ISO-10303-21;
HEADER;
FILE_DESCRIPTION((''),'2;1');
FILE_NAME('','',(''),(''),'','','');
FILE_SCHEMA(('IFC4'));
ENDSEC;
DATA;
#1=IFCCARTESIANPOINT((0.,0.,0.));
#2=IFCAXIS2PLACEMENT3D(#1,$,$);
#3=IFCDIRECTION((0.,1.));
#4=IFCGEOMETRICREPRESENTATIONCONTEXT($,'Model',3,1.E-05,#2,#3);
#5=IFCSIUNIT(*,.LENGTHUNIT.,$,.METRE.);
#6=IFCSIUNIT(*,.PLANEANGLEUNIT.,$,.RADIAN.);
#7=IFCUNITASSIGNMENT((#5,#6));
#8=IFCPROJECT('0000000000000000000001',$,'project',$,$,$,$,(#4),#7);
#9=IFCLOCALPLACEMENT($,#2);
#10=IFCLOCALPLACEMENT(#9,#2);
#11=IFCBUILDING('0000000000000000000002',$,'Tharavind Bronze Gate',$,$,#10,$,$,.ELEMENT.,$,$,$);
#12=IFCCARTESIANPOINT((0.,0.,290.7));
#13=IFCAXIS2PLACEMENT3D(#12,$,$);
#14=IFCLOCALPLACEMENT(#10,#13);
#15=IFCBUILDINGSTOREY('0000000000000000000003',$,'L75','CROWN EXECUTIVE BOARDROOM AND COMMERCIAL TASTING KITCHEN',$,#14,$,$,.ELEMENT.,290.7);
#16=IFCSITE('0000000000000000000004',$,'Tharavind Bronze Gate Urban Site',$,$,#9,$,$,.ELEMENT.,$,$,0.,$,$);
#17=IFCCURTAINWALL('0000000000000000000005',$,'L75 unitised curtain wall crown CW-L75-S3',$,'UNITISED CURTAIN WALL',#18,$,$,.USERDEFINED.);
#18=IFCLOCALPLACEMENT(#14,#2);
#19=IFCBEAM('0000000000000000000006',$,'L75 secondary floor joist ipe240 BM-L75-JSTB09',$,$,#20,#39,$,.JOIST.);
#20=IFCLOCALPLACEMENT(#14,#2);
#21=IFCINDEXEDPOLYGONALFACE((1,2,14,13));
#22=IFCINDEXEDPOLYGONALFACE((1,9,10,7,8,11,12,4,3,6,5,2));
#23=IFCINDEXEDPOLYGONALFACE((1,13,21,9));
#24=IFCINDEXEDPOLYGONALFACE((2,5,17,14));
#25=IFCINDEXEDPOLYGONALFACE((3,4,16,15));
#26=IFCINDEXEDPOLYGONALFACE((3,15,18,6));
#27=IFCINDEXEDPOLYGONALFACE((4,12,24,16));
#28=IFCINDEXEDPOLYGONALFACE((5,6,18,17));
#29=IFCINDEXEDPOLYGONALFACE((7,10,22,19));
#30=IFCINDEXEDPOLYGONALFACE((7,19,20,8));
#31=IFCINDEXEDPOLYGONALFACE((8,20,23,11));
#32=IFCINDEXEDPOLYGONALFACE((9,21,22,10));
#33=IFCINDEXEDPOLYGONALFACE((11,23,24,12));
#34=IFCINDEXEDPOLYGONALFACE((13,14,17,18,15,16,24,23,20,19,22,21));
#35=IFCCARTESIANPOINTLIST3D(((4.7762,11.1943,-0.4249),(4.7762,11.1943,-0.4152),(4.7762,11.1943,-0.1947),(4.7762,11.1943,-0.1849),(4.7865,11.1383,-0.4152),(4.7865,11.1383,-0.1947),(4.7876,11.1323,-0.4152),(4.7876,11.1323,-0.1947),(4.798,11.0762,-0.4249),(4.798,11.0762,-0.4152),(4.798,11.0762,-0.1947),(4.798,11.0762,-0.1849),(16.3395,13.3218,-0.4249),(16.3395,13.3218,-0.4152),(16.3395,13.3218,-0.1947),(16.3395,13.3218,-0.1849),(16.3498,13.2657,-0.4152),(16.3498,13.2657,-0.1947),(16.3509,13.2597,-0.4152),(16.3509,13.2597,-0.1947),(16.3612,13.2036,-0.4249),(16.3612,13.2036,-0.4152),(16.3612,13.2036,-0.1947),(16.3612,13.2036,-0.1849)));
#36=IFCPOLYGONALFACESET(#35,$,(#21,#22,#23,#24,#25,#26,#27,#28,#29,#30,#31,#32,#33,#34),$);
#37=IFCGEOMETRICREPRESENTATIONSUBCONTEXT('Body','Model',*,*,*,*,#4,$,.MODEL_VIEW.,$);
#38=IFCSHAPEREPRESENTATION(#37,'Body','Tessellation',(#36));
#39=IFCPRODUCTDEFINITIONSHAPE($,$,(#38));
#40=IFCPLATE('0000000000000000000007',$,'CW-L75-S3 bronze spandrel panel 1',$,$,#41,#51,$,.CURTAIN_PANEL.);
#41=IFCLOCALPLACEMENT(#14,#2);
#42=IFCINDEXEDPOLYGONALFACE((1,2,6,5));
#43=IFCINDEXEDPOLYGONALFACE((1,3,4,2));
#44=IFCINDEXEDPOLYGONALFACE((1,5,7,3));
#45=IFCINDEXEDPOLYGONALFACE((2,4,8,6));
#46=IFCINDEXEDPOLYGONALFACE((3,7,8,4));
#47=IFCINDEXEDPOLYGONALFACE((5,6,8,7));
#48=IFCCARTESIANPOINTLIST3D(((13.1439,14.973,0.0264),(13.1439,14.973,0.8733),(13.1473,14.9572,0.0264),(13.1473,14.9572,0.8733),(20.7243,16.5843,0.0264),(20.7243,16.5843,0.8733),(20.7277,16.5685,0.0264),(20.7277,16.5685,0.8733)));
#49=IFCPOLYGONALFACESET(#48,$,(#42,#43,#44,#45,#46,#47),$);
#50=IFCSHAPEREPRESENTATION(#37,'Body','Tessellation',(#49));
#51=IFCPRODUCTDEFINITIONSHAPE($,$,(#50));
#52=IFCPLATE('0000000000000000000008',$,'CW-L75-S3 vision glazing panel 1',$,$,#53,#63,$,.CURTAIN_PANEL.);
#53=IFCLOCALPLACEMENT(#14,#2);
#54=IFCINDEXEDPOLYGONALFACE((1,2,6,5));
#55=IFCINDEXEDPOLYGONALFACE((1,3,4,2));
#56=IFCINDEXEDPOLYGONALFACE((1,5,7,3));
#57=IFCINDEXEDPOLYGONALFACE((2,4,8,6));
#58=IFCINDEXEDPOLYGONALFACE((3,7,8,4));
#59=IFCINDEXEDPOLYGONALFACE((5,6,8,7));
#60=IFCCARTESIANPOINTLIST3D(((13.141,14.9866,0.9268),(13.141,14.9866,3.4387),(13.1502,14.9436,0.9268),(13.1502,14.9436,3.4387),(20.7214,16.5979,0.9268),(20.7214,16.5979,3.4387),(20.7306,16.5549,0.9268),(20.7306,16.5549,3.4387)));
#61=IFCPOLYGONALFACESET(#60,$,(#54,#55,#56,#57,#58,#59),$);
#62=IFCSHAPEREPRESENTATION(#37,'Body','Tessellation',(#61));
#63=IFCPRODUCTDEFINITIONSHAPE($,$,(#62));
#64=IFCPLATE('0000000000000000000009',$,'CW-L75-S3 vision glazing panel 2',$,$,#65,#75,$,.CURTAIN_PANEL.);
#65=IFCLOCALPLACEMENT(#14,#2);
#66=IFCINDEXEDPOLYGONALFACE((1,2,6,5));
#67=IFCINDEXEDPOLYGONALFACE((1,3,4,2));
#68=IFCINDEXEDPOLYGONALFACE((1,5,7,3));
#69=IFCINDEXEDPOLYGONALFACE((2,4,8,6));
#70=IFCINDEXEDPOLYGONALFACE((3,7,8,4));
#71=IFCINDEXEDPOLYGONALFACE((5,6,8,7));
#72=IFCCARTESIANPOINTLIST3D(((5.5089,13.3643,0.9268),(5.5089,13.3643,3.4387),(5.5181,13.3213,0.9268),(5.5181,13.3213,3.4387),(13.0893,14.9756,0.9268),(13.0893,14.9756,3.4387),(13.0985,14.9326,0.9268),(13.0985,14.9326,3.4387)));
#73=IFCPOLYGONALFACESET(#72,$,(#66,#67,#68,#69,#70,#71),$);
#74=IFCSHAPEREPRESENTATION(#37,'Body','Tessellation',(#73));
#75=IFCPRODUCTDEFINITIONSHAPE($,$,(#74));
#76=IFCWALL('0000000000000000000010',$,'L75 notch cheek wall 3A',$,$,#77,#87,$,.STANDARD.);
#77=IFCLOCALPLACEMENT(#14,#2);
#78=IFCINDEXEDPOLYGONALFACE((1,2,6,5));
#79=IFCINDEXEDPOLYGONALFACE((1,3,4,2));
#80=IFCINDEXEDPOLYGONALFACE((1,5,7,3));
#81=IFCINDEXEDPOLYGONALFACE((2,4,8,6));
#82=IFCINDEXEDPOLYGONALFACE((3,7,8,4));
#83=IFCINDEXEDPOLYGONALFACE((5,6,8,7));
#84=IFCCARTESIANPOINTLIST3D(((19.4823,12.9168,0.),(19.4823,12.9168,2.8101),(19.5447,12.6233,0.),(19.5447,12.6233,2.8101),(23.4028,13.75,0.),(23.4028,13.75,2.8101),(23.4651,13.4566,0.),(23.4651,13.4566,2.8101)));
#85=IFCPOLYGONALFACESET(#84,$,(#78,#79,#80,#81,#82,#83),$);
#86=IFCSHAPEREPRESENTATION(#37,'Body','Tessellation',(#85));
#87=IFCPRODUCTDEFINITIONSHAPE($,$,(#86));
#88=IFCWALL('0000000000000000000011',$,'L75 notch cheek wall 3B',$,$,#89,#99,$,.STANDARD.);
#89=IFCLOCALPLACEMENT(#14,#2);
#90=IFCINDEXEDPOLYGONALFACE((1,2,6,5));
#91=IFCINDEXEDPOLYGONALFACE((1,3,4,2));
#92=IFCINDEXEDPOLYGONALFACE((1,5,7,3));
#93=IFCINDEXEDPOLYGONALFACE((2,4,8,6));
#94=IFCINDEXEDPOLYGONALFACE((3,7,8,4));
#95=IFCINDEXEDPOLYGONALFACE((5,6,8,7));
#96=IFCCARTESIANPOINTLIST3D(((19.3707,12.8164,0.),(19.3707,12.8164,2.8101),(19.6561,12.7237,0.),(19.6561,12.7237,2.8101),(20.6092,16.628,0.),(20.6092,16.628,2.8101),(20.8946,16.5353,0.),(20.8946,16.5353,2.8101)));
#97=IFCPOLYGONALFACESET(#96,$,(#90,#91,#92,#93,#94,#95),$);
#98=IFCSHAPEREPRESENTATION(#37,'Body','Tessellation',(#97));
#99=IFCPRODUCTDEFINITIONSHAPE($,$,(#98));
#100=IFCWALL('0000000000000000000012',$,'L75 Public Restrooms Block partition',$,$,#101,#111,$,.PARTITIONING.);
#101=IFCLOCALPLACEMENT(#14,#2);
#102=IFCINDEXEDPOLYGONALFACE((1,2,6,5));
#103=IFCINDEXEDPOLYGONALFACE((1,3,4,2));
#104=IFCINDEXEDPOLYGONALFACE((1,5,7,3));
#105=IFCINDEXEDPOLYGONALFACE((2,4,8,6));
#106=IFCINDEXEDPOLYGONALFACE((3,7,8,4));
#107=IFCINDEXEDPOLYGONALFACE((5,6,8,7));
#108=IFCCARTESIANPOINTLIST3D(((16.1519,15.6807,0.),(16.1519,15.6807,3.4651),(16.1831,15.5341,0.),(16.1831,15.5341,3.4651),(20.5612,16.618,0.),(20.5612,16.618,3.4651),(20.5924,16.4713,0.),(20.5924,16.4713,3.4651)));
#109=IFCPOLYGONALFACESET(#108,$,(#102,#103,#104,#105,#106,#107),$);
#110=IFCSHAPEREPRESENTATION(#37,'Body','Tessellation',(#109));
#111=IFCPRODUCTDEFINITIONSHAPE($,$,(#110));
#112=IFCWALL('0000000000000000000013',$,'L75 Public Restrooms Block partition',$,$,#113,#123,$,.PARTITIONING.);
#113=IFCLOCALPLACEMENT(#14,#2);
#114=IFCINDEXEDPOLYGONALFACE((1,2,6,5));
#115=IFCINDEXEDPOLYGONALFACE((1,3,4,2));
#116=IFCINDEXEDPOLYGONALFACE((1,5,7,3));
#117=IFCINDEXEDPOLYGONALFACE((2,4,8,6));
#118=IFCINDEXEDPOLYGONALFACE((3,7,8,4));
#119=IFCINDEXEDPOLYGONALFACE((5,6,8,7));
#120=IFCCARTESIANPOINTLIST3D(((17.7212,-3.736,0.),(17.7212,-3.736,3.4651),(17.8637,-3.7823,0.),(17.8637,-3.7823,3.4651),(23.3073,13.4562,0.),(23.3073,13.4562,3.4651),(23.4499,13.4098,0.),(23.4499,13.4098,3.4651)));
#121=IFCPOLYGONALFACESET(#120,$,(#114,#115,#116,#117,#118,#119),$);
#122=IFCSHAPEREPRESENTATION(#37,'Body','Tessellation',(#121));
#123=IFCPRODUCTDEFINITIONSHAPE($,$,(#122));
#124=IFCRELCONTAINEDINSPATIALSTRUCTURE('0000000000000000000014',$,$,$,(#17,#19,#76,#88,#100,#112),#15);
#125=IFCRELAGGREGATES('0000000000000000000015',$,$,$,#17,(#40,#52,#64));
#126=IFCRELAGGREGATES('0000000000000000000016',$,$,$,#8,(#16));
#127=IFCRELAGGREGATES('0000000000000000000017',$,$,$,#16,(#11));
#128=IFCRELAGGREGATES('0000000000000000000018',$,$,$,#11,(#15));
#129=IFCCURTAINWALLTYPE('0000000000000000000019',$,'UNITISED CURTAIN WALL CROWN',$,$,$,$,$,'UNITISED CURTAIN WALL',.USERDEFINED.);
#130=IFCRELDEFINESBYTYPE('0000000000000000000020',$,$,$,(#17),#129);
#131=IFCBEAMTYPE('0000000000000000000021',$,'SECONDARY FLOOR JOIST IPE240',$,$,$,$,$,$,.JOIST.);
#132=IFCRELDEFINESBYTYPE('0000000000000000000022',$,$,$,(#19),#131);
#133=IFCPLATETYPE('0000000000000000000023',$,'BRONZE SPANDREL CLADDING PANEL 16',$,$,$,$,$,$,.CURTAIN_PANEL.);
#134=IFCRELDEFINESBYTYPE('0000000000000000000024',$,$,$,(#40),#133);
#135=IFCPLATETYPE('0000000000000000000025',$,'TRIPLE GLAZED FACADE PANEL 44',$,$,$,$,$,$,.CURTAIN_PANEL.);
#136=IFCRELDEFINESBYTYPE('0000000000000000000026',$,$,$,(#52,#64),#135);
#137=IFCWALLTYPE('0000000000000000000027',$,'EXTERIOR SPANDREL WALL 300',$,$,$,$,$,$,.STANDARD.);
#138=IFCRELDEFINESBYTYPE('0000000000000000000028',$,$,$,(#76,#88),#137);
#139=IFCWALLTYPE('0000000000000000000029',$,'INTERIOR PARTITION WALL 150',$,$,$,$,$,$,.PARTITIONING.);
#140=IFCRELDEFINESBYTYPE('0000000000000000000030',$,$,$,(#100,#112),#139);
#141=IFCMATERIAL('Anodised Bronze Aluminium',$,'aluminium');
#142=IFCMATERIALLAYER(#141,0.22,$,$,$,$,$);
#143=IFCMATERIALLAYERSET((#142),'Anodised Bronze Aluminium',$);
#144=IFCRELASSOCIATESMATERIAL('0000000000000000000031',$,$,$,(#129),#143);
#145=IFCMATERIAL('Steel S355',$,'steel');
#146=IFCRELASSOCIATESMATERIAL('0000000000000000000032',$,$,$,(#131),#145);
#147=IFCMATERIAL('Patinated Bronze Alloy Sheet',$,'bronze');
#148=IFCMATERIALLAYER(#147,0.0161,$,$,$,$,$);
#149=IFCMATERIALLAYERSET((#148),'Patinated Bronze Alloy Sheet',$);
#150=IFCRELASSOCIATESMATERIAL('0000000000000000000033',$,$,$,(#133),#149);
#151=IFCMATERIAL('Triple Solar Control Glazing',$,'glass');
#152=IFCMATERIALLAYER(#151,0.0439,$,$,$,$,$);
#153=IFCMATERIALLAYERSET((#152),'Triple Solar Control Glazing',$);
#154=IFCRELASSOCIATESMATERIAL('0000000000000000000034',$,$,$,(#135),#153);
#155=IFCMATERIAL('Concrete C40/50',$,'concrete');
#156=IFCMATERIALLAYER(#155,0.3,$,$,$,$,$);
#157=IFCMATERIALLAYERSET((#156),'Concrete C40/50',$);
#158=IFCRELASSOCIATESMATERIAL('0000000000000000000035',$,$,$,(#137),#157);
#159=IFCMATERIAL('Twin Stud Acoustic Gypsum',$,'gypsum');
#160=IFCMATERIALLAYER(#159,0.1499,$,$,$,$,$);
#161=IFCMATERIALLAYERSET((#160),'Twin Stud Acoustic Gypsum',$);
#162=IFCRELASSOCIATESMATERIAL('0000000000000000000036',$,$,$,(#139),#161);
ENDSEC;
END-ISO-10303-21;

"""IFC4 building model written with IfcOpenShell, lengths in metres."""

from ifc_helpers import new_model, si_unit, direction, frame, frame_2d, origin, origin_2d, place, context, subcontext, project, spatial, rectangle, i_section, extrude, material, layer, layer_set, material_profile, profile_set, type_object, element, aggregate, save


model = new_model("IFC4")

# Units and contexts
model_context = context("Model", 3, precision=1e-05, world=origin(), true_north=direction((0.0, 1.0)))
body_context = subcontext(model_context, "Body", "Model", "MODEL_VIEW")
ifc_project = project(units=[si_unit("LENGTHUNIT", "METRE"), si_unit("PLANEANGLEUNIT", "RADIAN")], contexts=[model_context])

# Site, building, storey
site_placement = place(None, origin())
site = spatial("IfcSite", under=ifc_project, at=site_placement, Name="Tharavind Bronze Gate Urban Site", CompositionType="ELEMENT", RefElevation=0.0)
building_placement = place(site_placement, origin())
building = spatial("IfcBuilding", under=site, at=building_placement, Name="Tharavind Bronze Gate", CompositionType="ELEMENT")
storey_placement = place(building_placement, frame((0.0, 0.0, 290.7)))
storey = spatial("IfcBuildingStorey", under=building, at=storey_placement, Name="L75", Description="CROWN EXECUTIVE BOARDROOM AND COMMERCIAL TASTING KITCHEN", CompositionType="ELEMENT", Elevation=290.7)

# Shared definitions
ifc_material_1 = material(Name="Anodised Bronze Aluminium", Category="aluminium")
ifc_layer_1 = layer(ifc_material_1, 0.22)
ifc_layer_set_1 = layer_set([ifc_layer_1], Name="Anodised Bronze Aluminium")
curtain_wall_type = type_object("IfcCurtainWallType", Name="UNITISED CURTAIN WALL CROWN", ElementType="UNITISED CURTAIN WALL", PredefinedType="USERDEFINED", material=ifc_layer_set_1)

# Curtain wall
curtain_wall_1_placement = place(storey_placement, origin())
curtain_wall_1 = element("IfcCurtainWall", 1, at=curtain_wall_1_placement, inside=storey, type_object=curtain_wall_type, Name="L75 unitised curtain wall crown CW-L75-S3", ObjectType="UNITISED CURTAIN WALL", PredefinedType="USERDEFINED")

# Beam
ifc_material_2 = material(Name="Steel S355", Category="steel")
ifc_material_profile_1 = material_profile(ifc_material_2, i_section(OverallWidth=0.1201, OverallDepth=0.24, WebThickness=0.0061, FlangeThickness=0.0098, at=origin_2d()), Name="IPE240")
ifc_profile_set_1 = profile_set([ifc_material_profile_1], Name="Steel S355")
beam_type_1 = type_object("IfcBeamType", Name="SECONDARY FLOOR JOIST IPE240", PredefinedType="JOIST", material=ifc_profile_set_1)
beam_1_placement = place(storey_placement, frame((16.3503, 13.2627, -0.3049), z_axis=(-0.983493, -0.180946, 0.0), x_axis=(0.180946, -0.983493, 0.0)))
element("IfcBeam", 2, at=beam_1_placement, inside=storey, type_object=beam_type_1, Name="L75 secondary floor joist ipe240 BM-L75-JSTB09", PredefinedType="JOIST", context=body_context, shape_type="SweptSolid", body=[
    extrude(i_section(OverallWidth=0.1201, OverallDepth=0.24, WebThickness=0.0061, FlangeThickness=0.0098, at=origin_2d()), origin(), (0.0, 0.0, 1.0), 11.7573),
])

# Plates
ifc_material_3 = material(Name="Patinated Bronze Alloy Sheet", Category="bronze")
ifc_layer_2 = layer(ifc_material_3, 0.0161)
ifc_layer_set_2 = layer_set([ifc_layer_2], Name="Patinated Bronze Alloy Sheet")
plate_type_1 = type_object("IfcPlateType", Name="BRONZE SPANDREL CLADDING PANEL 16", PredefinedType="CURTAIN_PANEL", material=ifc_layer_set_2)
plate_1_placement = place(storey_placement, frame((16.9358, 15.7708, 0.0264), z_axis=(0.0, 0.0, 1.0), x_axis=(-0.978147, -0.207913, 0.0)))
plate_1 = element("IfcPlate", 3, at=plate_1_placement, type_object=plate_type_1, Name="CW-L75-S3 bronze spandrel panel 1", PredefinedType="CURTAIN_PANEL", context=body_context, shape_type="SweptSolid", body=[
    extrude(rectangle(XDim=7.7498, YDim=0.0161, at=origin_2d()), origin(), (0.0, 0.0, 1.0), 0.8469),
])
ifc_material_4 = material(Name="Triple Solar Control Glazing", Category="glass")
ifc_layer_3 = layer(ifc_material_4, 0.0439)
ifc_layer_set_3 = layer_set([ifc_layer_3], Name="Triple Solar Control Glazing")
plate_type_2 = type_object("IfcPlateType", Name="TRIPLE GLAZED FACADE PANEL 44", PredefinedType="CURTAIN_PANEL", material=ifc_layer_set_3)
plate_2_placement = place(storey_placement, frame((16.9358, 15.7708, 0.9268), z_axis=(0.0, 0.0, 1.0), x_axis=(-0.978147, -0.207913, 0.0)))
plate_2 = element("IfcPlate", 4, at=plate_2_placement, type_object=plate_type_2, Name="CW-L75-S3 vision glazing panel 1", PredefinedType="CURTAIN_PANEL", context=body_context, shape_type="SweptSolid", body=[
    extrude(rectangle(XDim=7.7498, YDim=0.0439, at=origin_2d()), origin(), (0.0, 0.0, 1.0), 2.512),
])
plate_3_placement = place(storey_placement, frame((9.3037, 14.1484, 0.9268), z_axis=(0.0, 0.0, 1.0), x_axis=(-0.978147, -0.207913, 0.0)))
plate_3 = element("IfcPlate", 5, at=plate_3_placement, type_object=plate_type_2, Name="CW-L75-S3 vision glazing panel 2", PredefinedType="CURTAIN_PANEL", context=body_context, shape_type="SweptSolid", body=[
    extrude(rectangle(XDim=7.7498, YDim=0.0439, at=origin_2d()), origin(), (0.0, 0.0, 1.0), 2.512),
])
aggregate(curtain_wall_1, [plate_1, plate_2, plate_3])

# Walls
ifc_material_5 = material(Name="Concrete C40/50", Category="concrete")
ifc_layer_4 = layer(ifc_material_5, 0.3)
ifc_layer_set_4 = layer_set([ifc_layer_4], Name="Concrete C40/50")
wall_type_1 = type_object("IfcWallType", Name="EXTERIOR SPANDREL WALL 300", PredefinedType="STANDARD", material=ifc_layer_set_4)
wall_1_placement = place(storey_placement, frame((23.4338, 13.6033, 0.0), z_axis=(0.0, 0.0, 1.0), x_axis=(-0.97815, -0.207898, 0.0)))
element("IfcWall", 6, at=wall_1_placement, inside=storey, type_object=wall_type_1, Name="L75 notch cheek wall 3A", PredefinedType="STANDARD", context=body_context, shape_type="SweptSolid", body=[
    extrude(rectangle(XDim=4.0081, YDim=0.3, at=frame_2d((2.0039, 0.0))), origin(), (0.0, 0.0, 1.0), 2.8101),
])
wall_2_placement = place(storey_placement, frame((19.5134, 12.77, 0.0), z_axis=(0.0, 0.0, 1.0), x_axis=(0.309019, 0.951056, 0.0)))
element("IfcWall", 7, at=wall_2_placement, inside=storey, type_object=wall_type_1, Name="L75 notch cheek wall 3B", PredefinedType="STANDARD", context=body_context, shape_type="SweptSolid", body=[
    extrude(rectangle(XDim=4.0078, YDim=0.3, at=frame_2d((2.0039, 0.0))), origin(), (0.0, 0.0, 1.0), 2.8101),
])
ifc_material_6 = material(Name="Twin Stud Acoustic Gypsum", Category="gypsum")
ifc_layer_5 = layer(ifc_material_6, 0.1499)
ifc_layer_set_5 = layer_set([ifc_layer_5], Name="Twin Stud Acoustic Gypsum")
wall_type_2 = type_object("IfcWallType", Name="INTERIOR PARTITION WALL 150", PredefinedType="PARTITIONING", material=ifc_layer_set_5)
wall_3_placement = place(storey_placement, frame((16.1675, 15.6074, 0.0), z_axis=(0.0, 0.0, 1.0), x_axis=(0.978147, 0.207913, 0.0)))
element("IfcWall", 8, at=wall_3_placement, inside=storey, type_object=wall_type_2, Name="L75 Public Restrooms Block partition", PredefinedType="PARTITIONING", context=body_context, shape_type="SweptSolid", body=[
    extrude(rectangle(XDim=4.5078, YDim=0.1499, at=frame_2d((2.2539, 0.0))), origin(), (0.0, 0.0, 1.0), 3.4651),
])
wall_4_placement = place(storey_placement, frame((23.3787, 13.4331, 0.0), z_axis=(0.0, 0.0, 1.0), x_axis=(-0.309023, -0.951055, 0.0)))
element("IfcWall", 9, at=wall_4_placement, inside=storey, type_object=wall_type_2, Name="L75 Public Restrooms Block partition", PredefinedType="PARTITIONING", context=body_context, shape_type="SweptSolid", body=[
    extrude(rectangle(XDim=18.0769, YDim=0.1499, at=frame_2d((9.0386, 0.0))), origin(), (0.0, 0.0, 1.0), 3.4651),
])

save(model, "model.ifc")
